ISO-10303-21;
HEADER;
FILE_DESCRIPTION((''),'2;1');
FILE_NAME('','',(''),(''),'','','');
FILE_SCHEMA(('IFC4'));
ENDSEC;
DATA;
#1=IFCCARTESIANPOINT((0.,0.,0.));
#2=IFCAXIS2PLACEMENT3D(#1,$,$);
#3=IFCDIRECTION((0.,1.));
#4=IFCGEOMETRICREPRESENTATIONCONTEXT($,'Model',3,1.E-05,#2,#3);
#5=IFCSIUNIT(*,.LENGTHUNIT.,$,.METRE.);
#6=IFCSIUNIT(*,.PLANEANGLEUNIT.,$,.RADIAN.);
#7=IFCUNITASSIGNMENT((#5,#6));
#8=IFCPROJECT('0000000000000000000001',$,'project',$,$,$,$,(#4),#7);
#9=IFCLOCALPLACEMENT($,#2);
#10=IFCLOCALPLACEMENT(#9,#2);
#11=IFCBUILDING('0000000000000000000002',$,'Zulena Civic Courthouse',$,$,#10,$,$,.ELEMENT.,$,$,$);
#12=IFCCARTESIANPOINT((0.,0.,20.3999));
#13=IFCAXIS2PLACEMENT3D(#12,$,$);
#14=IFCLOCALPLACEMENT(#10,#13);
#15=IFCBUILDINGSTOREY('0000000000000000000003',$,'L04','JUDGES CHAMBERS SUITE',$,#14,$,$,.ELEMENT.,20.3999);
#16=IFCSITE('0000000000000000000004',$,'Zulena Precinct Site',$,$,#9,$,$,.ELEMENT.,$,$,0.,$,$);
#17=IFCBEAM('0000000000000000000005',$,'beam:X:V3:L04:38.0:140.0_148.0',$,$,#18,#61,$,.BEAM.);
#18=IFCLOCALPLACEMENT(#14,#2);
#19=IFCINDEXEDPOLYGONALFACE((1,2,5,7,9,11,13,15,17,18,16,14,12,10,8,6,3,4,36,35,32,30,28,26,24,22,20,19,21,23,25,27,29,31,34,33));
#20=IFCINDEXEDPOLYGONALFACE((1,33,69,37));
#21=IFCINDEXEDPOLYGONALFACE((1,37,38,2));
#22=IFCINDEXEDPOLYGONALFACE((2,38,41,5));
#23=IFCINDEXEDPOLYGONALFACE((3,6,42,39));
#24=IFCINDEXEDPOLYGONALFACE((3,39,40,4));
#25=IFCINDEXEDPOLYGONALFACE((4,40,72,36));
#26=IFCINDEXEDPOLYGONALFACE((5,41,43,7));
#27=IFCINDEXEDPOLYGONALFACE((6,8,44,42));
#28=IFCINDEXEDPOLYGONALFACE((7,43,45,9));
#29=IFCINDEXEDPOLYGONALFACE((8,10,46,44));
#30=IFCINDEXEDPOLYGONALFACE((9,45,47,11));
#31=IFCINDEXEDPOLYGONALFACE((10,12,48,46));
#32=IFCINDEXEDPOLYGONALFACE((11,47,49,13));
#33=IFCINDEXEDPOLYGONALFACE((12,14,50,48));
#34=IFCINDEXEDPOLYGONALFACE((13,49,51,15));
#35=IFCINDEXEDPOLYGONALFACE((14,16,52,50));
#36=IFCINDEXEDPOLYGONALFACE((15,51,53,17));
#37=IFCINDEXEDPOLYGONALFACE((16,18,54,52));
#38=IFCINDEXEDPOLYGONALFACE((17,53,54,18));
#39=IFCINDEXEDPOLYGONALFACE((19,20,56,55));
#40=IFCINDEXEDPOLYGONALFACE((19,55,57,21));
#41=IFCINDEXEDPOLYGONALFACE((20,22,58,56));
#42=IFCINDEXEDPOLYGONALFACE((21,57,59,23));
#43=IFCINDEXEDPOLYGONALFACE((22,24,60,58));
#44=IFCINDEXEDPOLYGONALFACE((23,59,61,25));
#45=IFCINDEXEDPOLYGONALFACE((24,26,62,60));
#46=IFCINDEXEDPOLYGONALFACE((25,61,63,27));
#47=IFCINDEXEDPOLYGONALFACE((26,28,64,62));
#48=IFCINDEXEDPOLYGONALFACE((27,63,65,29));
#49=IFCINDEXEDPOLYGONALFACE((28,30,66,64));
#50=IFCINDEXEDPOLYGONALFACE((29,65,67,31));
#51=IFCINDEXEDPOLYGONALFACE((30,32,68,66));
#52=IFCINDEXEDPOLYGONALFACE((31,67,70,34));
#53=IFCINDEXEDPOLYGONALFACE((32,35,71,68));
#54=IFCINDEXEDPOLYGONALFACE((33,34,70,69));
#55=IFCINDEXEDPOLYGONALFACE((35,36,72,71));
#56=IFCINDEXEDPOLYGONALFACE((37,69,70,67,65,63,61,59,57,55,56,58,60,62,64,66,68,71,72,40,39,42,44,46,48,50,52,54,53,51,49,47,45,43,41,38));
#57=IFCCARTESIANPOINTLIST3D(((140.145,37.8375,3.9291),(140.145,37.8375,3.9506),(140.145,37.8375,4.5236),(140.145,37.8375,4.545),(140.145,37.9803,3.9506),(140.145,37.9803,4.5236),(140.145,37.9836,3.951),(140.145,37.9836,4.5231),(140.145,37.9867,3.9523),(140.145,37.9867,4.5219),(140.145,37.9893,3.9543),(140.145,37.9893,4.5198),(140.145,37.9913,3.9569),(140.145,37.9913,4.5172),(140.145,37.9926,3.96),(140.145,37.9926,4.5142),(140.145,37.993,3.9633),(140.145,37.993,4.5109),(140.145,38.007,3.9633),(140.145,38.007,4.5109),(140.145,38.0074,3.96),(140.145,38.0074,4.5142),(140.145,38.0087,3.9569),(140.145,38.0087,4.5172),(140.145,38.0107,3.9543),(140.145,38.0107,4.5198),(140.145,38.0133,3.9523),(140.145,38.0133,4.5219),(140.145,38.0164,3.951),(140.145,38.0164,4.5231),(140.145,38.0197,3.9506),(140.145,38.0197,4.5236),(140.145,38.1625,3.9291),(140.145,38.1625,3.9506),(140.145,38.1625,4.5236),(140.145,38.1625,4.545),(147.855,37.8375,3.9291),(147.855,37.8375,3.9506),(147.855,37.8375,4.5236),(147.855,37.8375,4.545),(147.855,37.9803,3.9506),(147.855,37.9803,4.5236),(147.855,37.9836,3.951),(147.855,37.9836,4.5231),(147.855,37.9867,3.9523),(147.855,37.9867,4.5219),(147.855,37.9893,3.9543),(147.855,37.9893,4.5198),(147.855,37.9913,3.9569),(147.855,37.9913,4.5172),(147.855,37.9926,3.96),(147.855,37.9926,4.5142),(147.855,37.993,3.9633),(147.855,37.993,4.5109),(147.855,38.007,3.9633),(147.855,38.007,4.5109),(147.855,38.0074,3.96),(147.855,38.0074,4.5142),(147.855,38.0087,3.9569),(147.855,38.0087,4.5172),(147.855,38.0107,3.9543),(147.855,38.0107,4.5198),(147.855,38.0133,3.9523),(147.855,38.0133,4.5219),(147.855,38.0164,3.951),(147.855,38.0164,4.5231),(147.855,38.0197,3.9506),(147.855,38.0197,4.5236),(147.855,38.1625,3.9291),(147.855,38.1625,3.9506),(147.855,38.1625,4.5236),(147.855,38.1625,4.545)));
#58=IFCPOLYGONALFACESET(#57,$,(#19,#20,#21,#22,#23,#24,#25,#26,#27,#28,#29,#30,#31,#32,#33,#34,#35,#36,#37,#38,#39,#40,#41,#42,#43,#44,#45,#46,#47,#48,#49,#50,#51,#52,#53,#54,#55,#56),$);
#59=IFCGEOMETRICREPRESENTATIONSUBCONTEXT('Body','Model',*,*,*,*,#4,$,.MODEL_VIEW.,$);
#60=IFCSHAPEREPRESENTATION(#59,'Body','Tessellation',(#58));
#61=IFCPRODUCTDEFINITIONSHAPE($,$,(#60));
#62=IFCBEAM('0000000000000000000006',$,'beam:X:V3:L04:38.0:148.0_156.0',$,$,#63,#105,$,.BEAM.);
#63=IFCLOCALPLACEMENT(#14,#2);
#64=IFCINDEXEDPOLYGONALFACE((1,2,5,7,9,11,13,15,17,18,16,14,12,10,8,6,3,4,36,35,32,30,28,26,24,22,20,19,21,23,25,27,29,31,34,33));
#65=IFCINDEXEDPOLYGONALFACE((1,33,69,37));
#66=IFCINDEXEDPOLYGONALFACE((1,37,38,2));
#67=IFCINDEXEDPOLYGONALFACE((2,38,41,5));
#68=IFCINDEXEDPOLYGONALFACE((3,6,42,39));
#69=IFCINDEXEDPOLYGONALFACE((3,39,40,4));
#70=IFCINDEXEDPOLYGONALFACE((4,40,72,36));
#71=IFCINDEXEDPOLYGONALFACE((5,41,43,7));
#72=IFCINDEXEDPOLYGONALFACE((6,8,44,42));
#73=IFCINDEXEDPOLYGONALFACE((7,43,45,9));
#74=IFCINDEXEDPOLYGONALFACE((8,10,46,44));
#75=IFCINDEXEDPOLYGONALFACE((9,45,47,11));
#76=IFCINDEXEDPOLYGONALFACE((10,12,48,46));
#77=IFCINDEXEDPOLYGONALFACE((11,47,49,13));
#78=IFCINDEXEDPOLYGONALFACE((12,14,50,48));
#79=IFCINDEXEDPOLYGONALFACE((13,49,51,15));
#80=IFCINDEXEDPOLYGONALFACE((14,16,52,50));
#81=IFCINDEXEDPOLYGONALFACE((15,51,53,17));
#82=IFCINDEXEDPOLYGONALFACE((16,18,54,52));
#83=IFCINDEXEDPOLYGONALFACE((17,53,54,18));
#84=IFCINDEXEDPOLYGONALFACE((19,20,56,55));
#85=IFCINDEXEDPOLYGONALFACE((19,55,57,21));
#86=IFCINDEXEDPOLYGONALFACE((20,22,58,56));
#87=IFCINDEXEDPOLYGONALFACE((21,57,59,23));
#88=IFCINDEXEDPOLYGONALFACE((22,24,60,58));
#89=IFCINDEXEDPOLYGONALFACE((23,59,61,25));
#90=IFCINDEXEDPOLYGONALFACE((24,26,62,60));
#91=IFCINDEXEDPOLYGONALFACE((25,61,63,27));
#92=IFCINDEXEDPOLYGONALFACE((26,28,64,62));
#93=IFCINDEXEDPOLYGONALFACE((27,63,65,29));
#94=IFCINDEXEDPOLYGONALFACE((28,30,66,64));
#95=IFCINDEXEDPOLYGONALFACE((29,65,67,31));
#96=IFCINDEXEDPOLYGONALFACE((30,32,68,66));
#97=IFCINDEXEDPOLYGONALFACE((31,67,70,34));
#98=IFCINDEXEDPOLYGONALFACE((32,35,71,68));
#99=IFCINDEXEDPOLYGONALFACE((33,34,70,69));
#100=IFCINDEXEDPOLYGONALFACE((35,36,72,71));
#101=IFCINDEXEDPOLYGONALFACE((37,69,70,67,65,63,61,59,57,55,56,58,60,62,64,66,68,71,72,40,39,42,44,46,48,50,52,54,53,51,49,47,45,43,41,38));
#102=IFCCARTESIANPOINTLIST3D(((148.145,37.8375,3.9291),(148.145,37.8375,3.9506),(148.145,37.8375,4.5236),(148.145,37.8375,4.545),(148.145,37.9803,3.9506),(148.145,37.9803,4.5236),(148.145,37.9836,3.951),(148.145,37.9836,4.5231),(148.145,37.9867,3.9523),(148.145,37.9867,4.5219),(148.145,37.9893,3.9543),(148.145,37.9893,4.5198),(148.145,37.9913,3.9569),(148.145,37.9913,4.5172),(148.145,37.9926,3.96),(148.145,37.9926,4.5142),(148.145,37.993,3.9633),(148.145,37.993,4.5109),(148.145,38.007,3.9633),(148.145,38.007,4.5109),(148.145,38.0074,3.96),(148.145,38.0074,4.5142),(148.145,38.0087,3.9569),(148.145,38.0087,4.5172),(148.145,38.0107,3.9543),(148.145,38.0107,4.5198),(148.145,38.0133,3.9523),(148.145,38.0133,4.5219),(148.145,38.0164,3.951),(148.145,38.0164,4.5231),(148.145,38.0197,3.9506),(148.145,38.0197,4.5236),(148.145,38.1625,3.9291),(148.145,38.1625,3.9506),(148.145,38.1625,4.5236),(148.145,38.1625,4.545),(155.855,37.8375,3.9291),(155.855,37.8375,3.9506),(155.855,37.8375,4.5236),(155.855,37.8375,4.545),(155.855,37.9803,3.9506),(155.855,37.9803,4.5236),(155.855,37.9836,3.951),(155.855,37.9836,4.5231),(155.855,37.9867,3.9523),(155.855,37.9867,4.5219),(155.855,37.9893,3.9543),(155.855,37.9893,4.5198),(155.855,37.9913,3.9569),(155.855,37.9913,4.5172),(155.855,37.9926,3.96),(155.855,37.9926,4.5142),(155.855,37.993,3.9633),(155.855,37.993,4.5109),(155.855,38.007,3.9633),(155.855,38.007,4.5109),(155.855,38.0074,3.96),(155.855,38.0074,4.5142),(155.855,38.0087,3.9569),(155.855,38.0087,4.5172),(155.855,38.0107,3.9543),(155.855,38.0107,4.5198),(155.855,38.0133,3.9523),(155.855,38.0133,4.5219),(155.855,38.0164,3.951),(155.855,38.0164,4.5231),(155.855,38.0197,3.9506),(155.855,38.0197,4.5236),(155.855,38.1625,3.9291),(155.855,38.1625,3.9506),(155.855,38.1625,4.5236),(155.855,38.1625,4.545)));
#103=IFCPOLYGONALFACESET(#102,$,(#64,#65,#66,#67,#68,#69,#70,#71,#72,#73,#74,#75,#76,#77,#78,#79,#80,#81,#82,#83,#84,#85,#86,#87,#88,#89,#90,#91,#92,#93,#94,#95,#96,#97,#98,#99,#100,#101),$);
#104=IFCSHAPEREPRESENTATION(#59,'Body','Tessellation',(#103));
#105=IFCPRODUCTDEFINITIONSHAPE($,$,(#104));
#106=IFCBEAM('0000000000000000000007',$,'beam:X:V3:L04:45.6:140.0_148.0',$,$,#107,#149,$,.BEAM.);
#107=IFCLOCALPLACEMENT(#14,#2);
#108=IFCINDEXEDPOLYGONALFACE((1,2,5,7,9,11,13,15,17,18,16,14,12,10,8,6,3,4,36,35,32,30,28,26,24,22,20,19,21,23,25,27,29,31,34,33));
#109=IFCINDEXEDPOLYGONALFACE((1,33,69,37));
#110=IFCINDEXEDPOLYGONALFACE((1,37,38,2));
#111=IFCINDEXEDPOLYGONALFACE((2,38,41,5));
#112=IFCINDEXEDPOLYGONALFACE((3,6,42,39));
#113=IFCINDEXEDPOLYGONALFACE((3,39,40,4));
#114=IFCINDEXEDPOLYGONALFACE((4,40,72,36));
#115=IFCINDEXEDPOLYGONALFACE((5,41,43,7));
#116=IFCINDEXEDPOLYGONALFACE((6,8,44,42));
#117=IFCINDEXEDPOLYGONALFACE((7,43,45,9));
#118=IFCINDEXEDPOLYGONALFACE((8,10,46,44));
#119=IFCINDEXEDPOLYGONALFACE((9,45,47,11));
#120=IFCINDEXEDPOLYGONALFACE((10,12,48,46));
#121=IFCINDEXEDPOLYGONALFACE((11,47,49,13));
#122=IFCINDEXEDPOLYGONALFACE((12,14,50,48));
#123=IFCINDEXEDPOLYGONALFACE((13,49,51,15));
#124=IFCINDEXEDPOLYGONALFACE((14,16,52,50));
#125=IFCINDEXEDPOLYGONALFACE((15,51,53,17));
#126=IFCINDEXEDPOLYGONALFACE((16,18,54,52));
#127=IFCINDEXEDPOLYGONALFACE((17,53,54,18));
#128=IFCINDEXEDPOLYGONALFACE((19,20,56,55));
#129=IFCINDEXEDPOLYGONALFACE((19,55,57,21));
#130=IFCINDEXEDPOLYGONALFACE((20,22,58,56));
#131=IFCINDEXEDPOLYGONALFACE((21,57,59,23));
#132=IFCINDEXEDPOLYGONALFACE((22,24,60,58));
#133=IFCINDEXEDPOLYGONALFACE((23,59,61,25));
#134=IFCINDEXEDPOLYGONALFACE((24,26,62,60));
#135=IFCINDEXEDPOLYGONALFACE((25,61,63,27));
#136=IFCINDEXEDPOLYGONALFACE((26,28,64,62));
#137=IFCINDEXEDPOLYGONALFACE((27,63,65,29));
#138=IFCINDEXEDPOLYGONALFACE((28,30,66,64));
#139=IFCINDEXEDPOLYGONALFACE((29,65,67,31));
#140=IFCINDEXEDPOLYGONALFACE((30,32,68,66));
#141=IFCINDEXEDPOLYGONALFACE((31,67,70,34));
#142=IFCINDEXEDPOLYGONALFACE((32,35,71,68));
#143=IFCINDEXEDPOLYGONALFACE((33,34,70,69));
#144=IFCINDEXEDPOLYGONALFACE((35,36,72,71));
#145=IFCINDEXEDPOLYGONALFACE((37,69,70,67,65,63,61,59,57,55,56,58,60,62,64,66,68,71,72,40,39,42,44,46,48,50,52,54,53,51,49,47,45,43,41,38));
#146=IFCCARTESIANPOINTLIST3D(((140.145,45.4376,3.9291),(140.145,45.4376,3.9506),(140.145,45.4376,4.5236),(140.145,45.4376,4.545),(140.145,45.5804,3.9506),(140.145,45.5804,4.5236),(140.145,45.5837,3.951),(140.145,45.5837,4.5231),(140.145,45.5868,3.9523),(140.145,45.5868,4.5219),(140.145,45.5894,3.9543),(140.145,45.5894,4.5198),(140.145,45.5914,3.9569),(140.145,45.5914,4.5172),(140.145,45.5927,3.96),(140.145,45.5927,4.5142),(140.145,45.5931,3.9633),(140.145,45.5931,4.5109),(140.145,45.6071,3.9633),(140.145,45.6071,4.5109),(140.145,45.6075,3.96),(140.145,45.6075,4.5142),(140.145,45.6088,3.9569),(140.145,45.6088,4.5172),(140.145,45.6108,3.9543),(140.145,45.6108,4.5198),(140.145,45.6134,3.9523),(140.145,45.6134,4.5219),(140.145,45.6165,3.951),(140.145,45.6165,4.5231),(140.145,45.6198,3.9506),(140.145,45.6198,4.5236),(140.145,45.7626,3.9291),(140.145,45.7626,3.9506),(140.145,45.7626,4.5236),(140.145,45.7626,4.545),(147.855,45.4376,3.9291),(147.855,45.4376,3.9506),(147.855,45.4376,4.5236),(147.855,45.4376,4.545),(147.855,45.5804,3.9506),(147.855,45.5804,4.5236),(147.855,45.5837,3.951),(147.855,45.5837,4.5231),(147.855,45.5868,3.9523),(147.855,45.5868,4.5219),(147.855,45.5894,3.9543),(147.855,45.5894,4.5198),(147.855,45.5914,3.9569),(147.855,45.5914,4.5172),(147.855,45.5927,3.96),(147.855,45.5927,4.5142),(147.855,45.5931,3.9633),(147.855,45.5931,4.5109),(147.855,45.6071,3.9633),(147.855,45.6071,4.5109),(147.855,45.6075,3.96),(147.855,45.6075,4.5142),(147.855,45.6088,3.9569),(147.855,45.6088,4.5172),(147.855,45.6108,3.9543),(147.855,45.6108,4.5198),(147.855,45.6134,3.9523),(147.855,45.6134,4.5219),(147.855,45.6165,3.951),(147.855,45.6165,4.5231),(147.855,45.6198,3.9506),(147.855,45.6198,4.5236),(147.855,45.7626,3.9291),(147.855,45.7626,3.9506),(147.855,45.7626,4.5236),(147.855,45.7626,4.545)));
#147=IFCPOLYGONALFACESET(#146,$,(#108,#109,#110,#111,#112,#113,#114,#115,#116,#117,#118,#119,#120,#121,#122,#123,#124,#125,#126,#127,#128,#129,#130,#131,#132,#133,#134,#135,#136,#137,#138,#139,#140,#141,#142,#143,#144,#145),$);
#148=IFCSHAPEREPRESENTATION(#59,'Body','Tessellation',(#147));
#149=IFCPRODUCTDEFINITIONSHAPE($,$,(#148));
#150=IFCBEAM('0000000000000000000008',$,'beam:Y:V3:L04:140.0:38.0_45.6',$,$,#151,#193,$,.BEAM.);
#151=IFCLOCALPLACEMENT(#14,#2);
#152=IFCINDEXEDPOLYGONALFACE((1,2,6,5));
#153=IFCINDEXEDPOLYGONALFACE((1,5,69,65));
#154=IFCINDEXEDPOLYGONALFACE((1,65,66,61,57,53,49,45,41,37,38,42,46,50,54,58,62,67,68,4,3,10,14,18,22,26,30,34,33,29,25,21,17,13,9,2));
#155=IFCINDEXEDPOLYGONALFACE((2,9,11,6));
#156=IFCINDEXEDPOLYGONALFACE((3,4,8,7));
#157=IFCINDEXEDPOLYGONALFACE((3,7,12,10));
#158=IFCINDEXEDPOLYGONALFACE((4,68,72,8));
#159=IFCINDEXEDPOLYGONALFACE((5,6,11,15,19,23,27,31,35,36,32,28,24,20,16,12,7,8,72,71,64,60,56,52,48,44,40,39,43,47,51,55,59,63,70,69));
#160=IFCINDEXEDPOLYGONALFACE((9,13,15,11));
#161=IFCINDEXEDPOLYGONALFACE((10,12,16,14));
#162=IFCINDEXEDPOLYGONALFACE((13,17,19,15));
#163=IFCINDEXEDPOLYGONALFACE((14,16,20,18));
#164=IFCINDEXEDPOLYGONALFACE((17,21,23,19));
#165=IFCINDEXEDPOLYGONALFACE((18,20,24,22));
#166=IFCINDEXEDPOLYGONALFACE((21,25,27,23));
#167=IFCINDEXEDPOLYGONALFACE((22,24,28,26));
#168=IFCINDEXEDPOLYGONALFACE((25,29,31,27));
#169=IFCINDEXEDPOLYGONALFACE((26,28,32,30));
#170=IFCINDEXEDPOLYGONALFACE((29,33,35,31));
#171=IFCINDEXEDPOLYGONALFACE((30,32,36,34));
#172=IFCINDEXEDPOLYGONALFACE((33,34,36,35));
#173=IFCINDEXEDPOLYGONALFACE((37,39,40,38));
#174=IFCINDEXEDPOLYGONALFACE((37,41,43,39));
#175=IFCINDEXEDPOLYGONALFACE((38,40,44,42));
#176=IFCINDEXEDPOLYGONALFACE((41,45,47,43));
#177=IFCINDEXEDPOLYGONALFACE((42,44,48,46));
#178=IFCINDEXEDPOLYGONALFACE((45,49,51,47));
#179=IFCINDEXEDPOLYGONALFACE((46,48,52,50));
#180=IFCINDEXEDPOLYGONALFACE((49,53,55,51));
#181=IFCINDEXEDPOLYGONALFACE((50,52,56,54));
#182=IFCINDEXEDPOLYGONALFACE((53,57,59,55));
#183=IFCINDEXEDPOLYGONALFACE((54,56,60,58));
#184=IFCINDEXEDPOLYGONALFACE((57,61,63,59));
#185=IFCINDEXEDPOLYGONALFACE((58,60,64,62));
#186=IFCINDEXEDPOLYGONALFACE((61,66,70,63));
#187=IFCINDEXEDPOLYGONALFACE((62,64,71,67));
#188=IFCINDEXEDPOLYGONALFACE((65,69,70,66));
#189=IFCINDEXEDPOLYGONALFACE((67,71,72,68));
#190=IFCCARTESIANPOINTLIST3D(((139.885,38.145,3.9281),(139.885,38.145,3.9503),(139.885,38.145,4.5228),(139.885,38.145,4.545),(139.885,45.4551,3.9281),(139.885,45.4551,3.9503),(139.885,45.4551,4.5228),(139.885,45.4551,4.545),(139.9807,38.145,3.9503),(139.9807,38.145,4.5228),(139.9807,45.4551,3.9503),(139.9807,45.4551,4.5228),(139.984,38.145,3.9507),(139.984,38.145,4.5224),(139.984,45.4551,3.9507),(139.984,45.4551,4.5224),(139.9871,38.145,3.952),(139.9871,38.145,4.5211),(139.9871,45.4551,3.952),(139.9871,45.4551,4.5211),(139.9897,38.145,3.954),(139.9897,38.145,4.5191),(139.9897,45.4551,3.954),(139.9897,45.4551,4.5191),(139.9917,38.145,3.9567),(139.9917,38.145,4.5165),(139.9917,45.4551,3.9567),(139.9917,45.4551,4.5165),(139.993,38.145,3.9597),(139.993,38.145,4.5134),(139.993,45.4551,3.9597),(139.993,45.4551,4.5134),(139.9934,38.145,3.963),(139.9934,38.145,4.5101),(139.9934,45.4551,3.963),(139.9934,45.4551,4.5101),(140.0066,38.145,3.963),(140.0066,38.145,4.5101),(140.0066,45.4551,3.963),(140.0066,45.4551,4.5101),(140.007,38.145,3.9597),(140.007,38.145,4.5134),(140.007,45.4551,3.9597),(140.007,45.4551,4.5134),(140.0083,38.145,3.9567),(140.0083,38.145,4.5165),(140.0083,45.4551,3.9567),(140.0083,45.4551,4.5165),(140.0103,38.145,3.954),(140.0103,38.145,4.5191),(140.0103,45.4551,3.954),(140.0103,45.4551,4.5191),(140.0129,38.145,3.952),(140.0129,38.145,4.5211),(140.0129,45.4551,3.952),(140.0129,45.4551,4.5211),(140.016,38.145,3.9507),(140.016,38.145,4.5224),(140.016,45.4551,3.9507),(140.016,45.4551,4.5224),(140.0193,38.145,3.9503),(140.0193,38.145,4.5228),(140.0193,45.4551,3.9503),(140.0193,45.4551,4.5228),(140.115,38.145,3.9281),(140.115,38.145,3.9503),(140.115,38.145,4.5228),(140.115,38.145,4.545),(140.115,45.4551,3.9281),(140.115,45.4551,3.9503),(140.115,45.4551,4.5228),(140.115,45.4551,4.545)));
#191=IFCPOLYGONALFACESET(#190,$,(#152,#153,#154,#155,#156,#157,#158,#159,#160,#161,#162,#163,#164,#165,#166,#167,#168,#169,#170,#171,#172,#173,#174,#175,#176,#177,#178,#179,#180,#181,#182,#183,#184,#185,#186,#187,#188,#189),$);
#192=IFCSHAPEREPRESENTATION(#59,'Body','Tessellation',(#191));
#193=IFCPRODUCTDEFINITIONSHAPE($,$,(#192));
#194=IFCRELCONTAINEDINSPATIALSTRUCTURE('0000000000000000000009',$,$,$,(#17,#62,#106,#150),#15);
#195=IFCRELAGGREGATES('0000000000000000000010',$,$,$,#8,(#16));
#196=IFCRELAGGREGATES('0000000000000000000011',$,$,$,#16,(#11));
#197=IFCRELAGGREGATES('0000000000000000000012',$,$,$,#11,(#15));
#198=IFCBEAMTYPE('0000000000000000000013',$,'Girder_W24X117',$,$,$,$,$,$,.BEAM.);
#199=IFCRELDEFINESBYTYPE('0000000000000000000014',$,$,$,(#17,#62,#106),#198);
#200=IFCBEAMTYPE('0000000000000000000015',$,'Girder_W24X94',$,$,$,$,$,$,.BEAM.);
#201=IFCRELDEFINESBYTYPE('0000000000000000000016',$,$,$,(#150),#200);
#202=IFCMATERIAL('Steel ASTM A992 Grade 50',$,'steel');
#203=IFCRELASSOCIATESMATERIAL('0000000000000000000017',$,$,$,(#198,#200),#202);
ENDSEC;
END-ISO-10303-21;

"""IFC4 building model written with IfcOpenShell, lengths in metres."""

from ifc_helpers import new_model, si_unit, direction, frame, origin, origin_2d, place, context, subcontext, project, spatial, i_section, extrude, material, material_profile, profile_set, type_object, element, save


model = new_model("IFC4")

# Units and contexts
model_context = context("Model", 3, precision=1e-05, world=origin(), true_north=direction((0.0, 1.0)))
body_context = subcontext(model_context, "Body", "Model", "MODEL_VIEW")
ifc_project = project(units=[si_unit("LENGTHUNIT", "METRE"), si_unit("PLANEANGLEUNIT", "RADIAN")], contexts=[model_context])

# Site, building, storey
site_placement = place(None, origin())
site = spatial("IfcSite", under=ifc_project, at=site_placement, Name="Zulena Precinct Site", CompositionType="ELEMENT", RefElevation=0.0)
building_placement = place(site_placement, origin())
building = spatial("IfcBuilding", under=site, at=building_placement, Name="Zulena Civic Courthouse", CompositionType="ELEMENT")
storey_placement = place(building_placement, frame((0.0, 0.0, 20.3999)))
storey = spatial("IfcBuildingStorey", under=building, at=storey_placement, Name="L04", Description="JUDGES CHAMBERS SUITE", CompositionType="ELEMENT", Elevation=20.3999)

# Shared definitions
ifc_material_1 = material(Name="Steel ASTM A992 Grade 50", Category="steel")

# Beams
ifc_material_profile_1 = material_profile(ifc_material_1, i_section(OverallWidth=0.325, OverallDepth=0.616, WebThickness=0.0139, FlangeThickness=0.0215, FilletRadius=0.0127, at=origin_2d()), Name="W24X117")
ifc_profile_set_1 = profile_set([ifc_material_profile_1], Name="Steel ASTM A992 Grade 50")
beam_type_1 = type_object("IfcBeamType", Name="Girder_W24X117", PredefinedType="BEAM", material=ifc_profile_set_1)
for number, where, z_axis, x_axis, name in (
    (1, (140.145, 38.0, 4.2371), (1.0, 0.0, 0.0), (0.0, 1.0, 0.0), "beam:X:V3:L04:38.0:140.0_148.0"),
    (2, (148.145, 38.0, 4.2371), (1.0, 0.0, 0.0), (0.0, 1.0, 0.0), "beam:X:V3:L04:38.0:148.0_156.0"),
    (3, (140.145, 45.6001, 4.2371), (1.0, 0.0, 0.0), (0.0, 1.0, 0.0), "beam:X:V3:L04:45.6:140.0_148.0"),
):
    element("IfcBeam", number, at=place(storey_placement, frame(where, z_axis=z_axis, x_axis=x_axis)), inside=storey, type_object=beam_type_1, Name=name, PredefinedType="BEAM", context=body_context, shape_type="SweptSolid", body=[
        extrude(i_section(OverallWidth=0.325, OverallDepth=0.616, WebThickness=0.0139, FlangeThickness=0.0215, FilletRadius=0.0127, at=origin_2d()), origin(), (0.0, 0.0, 1.0), 7.71),
    ])
ifc_material_profile_2 = material_profile(ifc_material_1, i_section(OverallWidth=0.23, OverallDepth=0.6169, WebThickness=0.0132, FlangeThickness=0.0222, FilletRadius=0.0127, at=origin_2d()), Name="W24X94")
ifc_profile_set_2 = profile_set([ifc_material_profile_2], Name="Steel ASTM A992 Grade 50")
beam_type_2 = type_object("IfcBeamType", Name="Girder_W24X94", PredefinedType="BEAM", material=ifc_profile_set_2)
for number, where, z_axis, x_axis, name in (
    (4, (140.0, 38.145, 4.2366), (0.0, 1.0, 0.0), (-1.0, 0.0, 0.0), "beam:Y:V3:L04:140.0:38.0_45.6"),
):
    element("IfcBeam", number, at=place(storey_placement, frame(where, z_axis=z_axis, x_axis=x_axis)), inside=storey, type_object=beam_type_2, Name=name, PredefinedType="BEAM", context=body_context, shape_type="SweptSolid", body=[
        extrude(i_section(OverallWidth=0.23, OverallDepth=0.6169, WebThickness=0.0132, FlangeThickness=0.0222, FilletRadius=0.0127, at=origin_2d()), origin(), (0.0, 0.0, 1.0), 7.3101),
    ])

save(model, "model.ifc")
